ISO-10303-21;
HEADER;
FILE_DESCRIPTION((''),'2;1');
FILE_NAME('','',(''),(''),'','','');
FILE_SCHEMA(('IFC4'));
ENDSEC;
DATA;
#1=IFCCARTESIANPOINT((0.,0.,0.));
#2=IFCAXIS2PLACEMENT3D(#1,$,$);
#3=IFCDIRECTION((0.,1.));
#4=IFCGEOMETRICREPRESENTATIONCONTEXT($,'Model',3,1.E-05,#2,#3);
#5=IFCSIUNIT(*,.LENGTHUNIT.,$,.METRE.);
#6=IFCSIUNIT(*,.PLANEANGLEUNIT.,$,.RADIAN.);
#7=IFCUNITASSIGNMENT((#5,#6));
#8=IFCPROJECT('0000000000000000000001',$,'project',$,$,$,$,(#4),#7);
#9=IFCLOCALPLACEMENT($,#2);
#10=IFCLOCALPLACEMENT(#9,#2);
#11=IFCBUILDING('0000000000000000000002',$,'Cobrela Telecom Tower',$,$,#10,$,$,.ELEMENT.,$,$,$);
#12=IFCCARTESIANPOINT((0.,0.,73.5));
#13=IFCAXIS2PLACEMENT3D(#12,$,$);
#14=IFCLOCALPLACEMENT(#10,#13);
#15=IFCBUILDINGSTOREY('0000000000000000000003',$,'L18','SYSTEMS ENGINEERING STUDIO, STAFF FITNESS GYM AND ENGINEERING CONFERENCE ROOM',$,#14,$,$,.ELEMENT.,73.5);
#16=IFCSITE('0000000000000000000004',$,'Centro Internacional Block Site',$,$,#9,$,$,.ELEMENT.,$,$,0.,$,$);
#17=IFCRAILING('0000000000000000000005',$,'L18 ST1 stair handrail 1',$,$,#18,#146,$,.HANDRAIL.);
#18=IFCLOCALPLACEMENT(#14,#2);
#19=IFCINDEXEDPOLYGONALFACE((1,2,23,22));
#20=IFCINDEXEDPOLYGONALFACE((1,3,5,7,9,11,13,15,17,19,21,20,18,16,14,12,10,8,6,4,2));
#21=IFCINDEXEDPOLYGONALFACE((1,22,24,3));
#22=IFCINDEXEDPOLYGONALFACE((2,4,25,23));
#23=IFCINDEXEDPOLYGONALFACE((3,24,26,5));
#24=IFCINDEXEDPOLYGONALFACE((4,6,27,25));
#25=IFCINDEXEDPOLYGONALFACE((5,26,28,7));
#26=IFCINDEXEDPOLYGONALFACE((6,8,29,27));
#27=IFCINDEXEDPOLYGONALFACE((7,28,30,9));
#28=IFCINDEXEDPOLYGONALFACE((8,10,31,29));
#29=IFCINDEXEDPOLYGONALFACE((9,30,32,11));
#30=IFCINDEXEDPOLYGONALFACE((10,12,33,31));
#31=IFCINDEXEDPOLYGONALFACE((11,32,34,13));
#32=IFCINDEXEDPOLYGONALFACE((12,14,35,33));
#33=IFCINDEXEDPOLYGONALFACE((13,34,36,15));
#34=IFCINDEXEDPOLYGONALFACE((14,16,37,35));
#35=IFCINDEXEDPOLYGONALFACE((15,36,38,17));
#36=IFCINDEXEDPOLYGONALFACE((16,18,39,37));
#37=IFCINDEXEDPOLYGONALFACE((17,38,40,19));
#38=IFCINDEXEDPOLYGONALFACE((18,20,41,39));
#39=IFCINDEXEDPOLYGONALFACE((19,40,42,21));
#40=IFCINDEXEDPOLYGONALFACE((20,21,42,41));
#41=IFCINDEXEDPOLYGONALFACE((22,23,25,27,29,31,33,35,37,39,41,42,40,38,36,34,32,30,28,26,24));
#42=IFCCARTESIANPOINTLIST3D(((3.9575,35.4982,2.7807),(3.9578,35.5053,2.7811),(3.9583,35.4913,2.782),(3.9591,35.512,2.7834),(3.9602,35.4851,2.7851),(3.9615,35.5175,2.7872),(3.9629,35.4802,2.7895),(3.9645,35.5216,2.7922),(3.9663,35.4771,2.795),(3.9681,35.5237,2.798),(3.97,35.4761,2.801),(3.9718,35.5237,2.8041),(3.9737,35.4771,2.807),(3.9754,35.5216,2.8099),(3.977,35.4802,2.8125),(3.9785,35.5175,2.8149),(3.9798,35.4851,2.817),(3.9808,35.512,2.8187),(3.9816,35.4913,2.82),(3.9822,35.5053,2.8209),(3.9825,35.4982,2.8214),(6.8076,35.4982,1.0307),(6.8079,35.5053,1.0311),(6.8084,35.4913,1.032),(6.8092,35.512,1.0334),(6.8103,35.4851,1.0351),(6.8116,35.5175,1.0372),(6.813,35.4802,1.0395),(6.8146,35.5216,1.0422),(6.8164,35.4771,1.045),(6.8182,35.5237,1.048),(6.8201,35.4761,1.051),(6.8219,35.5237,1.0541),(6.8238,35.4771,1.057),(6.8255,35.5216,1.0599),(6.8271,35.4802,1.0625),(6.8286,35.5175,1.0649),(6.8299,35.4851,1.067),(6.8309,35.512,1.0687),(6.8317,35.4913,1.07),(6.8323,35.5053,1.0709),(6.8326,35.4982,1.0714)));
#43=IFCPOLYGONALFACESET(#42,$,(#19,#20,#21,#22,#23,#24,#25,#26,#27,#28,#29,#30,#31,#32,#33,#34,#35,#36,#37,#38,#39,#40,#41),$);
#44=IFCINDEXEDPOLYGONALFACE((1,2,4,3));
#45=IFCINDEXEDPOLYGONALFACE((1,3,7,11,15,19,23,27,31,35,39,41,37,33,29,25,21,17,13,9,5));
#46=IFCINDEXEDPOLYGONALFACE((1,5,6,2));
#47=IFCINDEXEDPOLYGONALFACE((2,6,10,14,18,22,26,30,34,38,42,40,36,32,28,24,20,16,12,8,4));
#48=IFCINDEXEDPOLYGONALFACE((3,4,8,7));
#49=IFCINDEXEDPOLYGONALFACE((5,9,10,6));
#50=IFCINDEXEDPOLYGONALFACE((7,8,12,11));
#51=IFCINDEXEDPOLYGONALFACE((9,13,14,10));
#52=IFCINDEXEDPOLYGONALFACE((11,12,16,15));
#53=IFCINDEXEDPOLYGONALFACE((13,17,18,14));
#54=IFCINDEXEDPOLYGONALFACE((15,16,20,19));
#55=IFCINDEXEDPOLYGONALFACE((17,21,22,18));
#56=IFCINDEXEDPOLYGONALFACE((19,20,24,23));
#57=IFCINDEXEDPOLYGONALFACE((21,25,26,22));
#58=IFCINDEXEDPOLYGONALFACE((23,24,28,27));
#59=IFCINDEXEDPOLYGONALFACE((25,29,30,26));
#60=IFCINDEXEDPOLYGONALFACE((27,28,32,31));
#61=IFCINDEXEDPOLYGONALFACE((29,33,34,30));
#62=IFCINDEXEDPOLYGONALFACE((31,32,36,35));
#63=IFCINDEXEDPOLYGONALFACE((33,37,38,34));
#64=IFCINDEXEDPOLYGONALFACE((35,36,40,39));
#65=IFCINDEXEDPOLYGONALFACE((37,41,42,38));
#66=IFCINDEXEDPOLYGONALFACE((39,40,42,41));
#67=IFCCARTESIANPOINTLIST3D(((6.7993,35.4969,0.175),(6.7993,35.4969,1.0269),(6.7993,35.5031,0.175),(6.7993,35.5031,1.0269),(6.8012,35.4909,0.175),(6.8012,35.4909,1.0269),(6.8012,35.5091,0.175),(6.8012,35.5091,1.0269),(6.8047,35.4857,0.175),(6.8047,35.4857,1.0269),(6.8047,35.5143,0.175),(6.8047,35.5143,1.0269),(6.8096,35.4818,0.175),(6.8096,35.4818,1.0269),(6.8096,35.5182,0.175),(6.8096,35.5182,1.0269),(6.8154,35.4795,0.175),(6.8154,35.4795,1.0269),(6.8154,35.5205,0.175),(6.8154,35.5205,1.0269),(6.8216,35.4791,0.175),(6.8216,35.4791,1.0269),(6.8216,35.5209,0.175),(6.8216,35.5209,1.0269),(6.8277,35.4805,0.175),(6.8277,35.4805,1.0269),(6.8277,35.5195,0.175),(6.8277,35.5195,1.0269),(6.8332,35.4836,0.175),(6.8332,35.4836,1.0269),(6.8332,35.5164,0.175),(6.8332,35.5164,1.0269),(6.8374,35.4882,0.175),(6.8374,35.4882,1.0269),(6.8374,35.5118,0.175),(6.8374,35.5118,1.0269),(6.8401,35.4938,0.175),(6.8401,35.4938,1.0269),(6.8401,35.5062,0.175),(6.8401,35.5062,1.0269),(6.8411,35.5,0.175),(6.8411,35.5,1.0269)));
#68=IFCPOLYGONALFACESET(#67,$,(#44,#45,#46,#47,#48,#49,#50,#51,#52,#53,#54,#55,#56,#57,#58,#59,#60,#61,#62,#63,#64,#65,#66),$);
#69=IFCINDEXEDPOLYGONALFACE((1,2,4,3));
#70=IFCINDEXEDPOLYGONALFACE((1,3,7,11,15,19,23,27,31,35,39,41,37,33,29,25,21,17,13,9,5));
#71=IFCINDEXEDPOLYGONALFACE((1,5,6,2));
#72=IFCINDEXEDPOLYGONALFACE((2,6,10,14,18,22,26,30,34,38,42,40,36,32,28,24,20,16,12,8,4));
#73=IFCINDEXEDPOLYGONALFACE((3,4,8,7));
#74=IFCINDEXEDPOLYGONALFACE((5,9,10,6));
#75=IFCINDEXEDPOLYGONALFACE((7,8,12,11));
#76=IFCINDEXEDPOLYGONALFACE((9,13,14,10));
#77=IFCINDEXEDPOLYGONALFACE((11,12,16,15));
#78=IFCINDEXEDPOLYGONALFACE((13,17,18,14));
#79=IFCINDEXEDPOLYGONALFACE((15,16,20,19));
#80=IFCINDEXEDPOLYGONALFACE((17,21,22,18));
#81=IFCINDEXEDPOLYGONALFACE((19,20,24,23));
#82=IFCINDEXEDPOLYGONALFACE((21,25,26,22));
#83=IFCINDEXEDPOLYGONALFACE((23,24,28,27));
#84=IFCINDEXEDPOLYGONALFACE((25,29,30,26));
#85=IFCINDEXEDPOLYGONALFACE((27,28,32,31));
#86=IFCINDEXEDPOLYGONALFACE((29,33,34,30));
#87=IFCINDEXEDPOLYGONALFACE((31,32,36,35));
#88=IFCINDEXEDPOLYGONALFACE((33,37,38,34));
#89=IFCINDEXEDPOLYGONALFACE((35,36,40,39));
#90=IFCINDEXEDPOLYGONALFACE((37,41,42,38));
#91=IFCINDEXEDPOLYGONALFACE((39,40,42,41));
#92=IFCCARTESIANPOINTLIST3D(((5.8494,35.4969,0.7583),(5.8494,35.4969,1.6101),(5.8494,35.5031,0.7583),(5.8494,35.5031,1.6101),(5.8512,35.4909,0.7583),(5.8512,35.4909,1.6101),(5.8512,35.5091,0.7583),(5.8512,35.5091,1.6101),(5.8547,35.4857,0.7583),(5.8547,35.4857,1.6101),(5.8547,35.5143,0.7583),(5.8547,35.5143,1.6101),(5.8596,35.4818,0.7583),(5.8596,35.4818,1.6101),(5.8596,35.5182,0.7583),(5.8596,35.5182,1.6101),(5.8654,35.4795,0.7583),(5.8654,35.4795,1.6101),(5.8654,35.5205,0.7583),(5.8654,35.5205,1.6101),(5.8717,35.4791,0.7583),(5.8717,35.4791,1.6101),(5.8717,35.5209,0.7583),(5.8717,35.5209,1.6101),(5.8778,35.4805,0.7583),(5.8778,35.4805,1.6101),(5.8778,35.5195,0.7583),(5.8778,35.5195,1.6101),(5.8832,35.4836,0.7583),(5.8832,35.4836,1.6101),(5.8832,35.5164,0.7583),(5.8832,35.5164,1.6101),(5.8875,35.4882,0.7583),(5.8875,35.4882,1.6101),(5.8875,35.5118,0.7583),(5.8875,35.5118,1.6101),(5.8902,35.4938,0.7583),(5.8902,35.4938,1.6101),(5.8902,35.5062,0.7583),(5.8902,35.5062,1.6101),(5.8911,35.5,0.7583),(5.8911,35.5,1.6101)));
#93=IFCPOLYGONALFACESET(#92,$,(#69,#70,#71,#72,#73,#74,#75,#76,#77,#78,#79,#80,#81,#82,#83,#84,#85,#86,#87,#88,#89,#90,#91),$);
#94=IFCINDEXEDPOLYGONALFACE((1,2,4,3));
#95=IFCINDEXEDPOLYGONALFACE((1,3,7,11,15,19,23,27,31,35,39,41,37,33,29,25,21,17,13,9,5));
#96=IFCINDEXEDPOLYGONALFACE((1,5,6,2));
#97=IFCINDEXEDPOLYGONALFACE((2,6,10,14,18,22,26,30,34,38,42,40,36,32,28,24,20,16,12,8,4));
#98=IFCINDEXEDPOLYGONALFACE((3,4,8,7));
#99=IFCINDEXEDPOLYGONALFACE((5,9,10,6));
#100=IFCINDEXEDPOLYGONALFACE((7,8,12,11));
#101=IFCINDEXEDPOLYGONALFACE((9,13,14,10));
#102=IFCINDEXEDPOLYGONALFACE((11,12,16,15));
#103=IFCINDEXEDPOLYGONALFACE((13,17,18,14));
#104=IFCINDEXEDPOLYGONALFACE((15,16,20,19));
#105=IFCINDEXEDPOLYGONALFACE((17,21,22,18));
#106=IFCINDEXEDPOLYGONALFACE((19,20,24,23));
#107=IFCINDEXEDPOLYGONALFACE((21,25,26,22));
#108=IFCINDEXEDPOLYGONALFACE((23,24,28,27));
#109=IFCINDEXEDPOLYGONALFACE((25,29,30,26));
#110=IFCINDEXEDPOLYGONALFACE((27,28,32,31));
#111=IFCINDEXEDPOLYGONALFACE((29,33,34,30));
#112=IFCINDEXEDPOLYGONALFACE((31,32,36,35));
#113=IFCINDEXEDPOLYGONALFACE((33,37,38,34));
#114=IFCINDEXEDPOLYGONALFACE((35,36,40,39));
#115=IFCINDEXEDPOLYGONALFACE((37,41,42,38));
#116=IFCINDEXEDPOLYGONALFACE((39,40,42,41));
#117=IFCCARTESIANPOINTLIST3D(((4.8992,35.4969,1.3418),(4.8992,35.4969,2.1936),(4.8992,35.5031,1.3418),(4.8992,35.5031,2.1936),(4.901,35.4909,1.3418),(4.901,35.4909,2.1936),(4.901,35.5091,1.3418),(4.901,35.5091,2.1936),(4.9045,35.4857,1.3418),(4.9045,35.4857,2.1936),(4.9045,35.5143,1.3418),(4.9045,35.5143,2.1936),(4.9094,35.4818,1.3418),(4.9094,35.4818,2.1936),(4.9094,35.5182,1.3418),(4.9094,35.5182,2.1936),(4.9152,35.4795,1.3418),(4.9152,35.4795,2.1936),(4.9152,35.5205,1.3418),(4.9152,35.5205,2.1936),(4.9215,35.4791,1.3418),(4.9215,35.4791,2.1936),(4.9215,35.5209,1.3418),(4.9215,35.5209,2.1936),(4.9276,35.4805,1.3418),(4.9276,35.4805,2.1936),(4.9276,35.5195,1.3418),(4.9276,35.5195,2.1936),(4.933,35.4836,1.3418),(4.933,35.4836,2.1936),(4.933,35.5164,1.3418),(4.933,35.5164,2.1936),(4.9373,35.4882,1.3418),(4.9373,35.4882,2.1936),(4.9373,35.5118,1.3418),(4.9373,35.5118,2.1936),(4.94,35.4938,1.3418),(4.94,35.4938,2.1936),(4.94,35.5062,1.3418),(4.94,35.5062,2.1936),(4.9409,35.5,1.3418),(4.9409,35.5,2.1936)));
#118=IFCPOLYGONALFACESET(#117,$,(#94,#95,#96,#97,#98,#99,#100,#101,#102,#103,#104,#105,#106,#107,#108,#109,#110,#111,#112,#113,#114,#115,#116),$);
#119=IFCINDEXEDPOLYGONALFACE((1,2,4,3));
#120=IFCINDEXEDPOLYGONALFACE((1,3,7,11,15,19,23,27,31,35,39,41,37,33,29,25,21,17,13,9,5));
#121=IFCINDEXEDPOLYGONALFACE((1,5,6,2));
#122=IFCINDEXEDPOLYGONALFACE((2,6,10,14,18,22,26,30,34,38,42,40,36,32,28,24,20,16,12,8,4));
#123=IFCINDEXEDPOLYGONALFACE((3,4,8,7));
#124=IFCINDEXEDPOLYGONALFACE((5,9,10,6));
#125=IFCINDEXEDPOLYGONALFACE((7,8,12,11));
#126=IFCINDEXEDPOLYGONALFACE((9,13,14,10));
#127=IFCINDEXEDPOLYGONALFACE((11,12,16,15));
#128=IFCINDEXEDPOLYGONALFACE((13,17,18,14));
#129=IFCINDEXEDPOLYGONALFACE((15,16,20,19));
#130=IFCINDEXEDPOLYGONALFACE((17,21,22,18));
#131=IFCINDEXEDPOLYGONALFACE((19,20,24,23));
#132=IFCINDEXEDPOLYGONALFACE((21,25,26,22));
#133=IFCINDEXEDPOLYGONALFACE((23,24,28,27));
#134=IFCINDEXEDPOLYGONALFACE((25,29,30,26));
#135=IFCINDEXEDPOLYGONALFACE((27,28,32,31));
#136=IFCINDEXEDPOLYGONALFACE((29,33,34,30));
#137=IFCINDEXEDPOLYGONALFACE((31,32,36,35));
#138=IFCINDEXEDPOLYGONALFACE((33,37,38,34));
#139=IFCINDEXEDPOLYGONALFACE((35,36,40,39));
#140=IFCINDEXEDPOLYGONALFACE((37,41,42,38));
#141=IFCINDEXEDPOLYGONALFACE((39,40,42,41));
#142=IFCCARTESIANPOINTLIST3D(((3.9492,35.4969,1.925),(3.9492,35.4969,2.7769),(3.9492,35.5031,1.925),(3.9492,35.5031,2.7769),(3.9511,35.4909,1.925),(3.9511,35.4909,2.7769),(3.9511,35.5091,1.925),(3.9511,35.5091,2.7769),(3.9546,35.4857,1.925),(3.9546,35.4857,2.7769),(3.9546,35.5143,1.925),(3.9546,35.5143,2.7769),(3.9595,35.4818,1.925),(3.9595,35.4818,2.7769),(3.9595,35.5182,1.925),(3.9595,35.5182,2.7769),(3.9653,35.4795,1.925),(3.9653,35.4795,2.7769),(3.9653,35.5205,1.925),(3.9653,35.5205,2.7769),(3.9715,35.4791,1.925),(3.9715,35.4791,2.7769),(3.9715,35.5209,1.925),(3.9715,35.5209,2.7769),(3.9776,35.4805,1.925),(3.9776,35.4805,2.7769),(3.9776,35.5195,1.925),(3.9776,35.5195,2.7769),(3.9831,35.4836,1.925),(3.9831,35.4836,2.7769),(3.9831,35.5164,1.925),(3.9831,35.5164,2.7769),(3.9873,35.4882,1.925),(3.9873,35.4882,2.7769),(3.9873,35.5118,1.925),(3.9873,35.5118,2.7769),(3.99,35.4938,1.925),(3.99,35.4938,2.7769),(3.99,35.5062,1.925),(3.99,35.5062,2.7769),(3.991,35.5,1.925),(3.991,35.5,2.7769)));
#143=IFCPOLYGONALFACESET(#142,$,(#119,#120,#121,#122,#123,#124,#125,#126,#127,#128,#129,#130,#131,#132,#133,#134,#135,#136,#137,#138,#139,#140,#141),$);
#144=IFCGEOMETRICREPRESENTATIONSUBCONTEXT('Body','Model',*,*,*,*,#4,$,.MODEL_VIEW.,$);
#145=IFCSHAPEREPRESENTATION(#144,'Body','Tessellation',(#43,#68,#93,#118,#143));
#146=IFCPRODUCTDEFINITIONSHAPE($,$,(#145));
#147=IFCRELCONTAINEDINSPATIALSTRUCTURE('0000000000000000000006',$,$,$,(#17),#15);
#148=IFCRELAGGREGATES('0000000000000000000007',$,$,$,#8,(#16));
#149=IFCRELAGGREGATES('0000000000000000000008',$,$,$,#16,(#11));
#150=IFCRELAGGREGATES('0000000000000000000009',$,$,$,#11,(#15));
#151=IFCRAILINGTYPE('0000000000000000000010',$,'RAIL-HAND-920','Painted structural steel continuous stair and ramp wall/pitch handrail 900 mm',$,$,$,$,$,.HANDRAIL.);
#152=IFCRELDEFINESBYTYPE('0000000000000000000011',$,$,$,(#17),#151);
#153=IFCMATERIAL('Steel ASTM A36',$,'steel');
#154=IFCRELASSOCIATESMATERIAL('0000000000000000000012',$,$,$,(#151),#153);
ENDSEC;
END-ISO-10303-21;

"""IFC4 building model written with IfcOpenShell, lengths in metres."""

from ifc_helpers import new_model, si_unit, direction, frame, origin, origin_2d, place, context, subcontext, project, spatial, circle, extrude, material, type_object, element, save


model = new_model("IFC4")

# Units and contexts
model_context = context("Model", 3, precision=1e-05, world=origin(), true_north=direction((0.0, 1.0)))
body_context = subcontext(model_context, "Body", "Model", "MODEL_VIEW")
ifc_project = project(units=[si_unit("LENGTHUNIT", "METRE"), si_unit("PLANEANGLEUNIT", "RADIAN")], contexts=[model_context])

# Site, building, storey
site_placement = place(None, origin())
site = spatial("IfcSite", under=ifc_project, at=site_placement, Name="Centro Internacional Block Site", CompositionType="ELEMENT", RefElevation=0.0)
building_placement = place(site_placement, origin())
building = spatial("IfcBuilding", under=site, at=building_placement, Name="Cobrela Telecom Tower", CompositionType="ELEMENT")
storey_placement = place(building_placement, frame((0.0, 0.0, 73.5)))
storey = spatial("IfcBuildingStorey", under=building, at=storey_placement, Name="L18", Description="SYSTEMS ENGINEERING STUDIO, STAFF FITNESS GYM AND ENGINEERING CONFERENCE ROOM", CompositionType="ELEMENT", Elevation=73.5)

# Shared definitions
ifc_material_1 = material(Name="Steel ASTM A36", Category="steel")

# Railing
railing_type_1 = type_object("IfcRailingType", Name="RAIL-HAND-920", Description="Painted structural steel continuous stair and ramp wall/pitch handrail 900 mm", PredefinedType="HANDRAIL", material=ifc_material_1)
railing_1_placement = place(storey_placement, frame((6.8201, 35.5, 0.175)))
element("IfcRailing", 1, at=railing_1_placement, inside=storey, type_object=railing_type_1, Name="L18 ST1 stair handrail 1", PredefinedType="HANDRAIL", context=body_context, shape_type="SweptSolid", body=[
    extrude(circle(Radius=0.0239, at=origin_2d()), frame((0.0, 0.0, 0.876), z_axis=(-0.852179, 0.0, 0.52325), x_axis=(0.0, -1.0, 0.0)), (0.0, 0.0, 1.0), 3.3445),
    extrude(circle(Radius=0.021, at=origin_2d()), origin(), (0.0, 0.0, 1.0), 0.8518),
    extrude(circle(Radius=0.021, at=origin_2d()), frame((-0.95, 0.0, 0.5833)), (0.0, 0.0, 1.0), 0.8518),
    extrude(circle(Radius=0.021, at=origin_2d()), frame((-1.9001, 0.0, 1.1667)), (0.0, 0.0, 1.0), 0.8518),
    extrude(circle(Radius=0.021, at=origin_2d()), frame((-2.8501, 0.0, 1.75)), (0.0, 0.0, 1.0), 0.8518),
])

save(model, "model.ifc")
